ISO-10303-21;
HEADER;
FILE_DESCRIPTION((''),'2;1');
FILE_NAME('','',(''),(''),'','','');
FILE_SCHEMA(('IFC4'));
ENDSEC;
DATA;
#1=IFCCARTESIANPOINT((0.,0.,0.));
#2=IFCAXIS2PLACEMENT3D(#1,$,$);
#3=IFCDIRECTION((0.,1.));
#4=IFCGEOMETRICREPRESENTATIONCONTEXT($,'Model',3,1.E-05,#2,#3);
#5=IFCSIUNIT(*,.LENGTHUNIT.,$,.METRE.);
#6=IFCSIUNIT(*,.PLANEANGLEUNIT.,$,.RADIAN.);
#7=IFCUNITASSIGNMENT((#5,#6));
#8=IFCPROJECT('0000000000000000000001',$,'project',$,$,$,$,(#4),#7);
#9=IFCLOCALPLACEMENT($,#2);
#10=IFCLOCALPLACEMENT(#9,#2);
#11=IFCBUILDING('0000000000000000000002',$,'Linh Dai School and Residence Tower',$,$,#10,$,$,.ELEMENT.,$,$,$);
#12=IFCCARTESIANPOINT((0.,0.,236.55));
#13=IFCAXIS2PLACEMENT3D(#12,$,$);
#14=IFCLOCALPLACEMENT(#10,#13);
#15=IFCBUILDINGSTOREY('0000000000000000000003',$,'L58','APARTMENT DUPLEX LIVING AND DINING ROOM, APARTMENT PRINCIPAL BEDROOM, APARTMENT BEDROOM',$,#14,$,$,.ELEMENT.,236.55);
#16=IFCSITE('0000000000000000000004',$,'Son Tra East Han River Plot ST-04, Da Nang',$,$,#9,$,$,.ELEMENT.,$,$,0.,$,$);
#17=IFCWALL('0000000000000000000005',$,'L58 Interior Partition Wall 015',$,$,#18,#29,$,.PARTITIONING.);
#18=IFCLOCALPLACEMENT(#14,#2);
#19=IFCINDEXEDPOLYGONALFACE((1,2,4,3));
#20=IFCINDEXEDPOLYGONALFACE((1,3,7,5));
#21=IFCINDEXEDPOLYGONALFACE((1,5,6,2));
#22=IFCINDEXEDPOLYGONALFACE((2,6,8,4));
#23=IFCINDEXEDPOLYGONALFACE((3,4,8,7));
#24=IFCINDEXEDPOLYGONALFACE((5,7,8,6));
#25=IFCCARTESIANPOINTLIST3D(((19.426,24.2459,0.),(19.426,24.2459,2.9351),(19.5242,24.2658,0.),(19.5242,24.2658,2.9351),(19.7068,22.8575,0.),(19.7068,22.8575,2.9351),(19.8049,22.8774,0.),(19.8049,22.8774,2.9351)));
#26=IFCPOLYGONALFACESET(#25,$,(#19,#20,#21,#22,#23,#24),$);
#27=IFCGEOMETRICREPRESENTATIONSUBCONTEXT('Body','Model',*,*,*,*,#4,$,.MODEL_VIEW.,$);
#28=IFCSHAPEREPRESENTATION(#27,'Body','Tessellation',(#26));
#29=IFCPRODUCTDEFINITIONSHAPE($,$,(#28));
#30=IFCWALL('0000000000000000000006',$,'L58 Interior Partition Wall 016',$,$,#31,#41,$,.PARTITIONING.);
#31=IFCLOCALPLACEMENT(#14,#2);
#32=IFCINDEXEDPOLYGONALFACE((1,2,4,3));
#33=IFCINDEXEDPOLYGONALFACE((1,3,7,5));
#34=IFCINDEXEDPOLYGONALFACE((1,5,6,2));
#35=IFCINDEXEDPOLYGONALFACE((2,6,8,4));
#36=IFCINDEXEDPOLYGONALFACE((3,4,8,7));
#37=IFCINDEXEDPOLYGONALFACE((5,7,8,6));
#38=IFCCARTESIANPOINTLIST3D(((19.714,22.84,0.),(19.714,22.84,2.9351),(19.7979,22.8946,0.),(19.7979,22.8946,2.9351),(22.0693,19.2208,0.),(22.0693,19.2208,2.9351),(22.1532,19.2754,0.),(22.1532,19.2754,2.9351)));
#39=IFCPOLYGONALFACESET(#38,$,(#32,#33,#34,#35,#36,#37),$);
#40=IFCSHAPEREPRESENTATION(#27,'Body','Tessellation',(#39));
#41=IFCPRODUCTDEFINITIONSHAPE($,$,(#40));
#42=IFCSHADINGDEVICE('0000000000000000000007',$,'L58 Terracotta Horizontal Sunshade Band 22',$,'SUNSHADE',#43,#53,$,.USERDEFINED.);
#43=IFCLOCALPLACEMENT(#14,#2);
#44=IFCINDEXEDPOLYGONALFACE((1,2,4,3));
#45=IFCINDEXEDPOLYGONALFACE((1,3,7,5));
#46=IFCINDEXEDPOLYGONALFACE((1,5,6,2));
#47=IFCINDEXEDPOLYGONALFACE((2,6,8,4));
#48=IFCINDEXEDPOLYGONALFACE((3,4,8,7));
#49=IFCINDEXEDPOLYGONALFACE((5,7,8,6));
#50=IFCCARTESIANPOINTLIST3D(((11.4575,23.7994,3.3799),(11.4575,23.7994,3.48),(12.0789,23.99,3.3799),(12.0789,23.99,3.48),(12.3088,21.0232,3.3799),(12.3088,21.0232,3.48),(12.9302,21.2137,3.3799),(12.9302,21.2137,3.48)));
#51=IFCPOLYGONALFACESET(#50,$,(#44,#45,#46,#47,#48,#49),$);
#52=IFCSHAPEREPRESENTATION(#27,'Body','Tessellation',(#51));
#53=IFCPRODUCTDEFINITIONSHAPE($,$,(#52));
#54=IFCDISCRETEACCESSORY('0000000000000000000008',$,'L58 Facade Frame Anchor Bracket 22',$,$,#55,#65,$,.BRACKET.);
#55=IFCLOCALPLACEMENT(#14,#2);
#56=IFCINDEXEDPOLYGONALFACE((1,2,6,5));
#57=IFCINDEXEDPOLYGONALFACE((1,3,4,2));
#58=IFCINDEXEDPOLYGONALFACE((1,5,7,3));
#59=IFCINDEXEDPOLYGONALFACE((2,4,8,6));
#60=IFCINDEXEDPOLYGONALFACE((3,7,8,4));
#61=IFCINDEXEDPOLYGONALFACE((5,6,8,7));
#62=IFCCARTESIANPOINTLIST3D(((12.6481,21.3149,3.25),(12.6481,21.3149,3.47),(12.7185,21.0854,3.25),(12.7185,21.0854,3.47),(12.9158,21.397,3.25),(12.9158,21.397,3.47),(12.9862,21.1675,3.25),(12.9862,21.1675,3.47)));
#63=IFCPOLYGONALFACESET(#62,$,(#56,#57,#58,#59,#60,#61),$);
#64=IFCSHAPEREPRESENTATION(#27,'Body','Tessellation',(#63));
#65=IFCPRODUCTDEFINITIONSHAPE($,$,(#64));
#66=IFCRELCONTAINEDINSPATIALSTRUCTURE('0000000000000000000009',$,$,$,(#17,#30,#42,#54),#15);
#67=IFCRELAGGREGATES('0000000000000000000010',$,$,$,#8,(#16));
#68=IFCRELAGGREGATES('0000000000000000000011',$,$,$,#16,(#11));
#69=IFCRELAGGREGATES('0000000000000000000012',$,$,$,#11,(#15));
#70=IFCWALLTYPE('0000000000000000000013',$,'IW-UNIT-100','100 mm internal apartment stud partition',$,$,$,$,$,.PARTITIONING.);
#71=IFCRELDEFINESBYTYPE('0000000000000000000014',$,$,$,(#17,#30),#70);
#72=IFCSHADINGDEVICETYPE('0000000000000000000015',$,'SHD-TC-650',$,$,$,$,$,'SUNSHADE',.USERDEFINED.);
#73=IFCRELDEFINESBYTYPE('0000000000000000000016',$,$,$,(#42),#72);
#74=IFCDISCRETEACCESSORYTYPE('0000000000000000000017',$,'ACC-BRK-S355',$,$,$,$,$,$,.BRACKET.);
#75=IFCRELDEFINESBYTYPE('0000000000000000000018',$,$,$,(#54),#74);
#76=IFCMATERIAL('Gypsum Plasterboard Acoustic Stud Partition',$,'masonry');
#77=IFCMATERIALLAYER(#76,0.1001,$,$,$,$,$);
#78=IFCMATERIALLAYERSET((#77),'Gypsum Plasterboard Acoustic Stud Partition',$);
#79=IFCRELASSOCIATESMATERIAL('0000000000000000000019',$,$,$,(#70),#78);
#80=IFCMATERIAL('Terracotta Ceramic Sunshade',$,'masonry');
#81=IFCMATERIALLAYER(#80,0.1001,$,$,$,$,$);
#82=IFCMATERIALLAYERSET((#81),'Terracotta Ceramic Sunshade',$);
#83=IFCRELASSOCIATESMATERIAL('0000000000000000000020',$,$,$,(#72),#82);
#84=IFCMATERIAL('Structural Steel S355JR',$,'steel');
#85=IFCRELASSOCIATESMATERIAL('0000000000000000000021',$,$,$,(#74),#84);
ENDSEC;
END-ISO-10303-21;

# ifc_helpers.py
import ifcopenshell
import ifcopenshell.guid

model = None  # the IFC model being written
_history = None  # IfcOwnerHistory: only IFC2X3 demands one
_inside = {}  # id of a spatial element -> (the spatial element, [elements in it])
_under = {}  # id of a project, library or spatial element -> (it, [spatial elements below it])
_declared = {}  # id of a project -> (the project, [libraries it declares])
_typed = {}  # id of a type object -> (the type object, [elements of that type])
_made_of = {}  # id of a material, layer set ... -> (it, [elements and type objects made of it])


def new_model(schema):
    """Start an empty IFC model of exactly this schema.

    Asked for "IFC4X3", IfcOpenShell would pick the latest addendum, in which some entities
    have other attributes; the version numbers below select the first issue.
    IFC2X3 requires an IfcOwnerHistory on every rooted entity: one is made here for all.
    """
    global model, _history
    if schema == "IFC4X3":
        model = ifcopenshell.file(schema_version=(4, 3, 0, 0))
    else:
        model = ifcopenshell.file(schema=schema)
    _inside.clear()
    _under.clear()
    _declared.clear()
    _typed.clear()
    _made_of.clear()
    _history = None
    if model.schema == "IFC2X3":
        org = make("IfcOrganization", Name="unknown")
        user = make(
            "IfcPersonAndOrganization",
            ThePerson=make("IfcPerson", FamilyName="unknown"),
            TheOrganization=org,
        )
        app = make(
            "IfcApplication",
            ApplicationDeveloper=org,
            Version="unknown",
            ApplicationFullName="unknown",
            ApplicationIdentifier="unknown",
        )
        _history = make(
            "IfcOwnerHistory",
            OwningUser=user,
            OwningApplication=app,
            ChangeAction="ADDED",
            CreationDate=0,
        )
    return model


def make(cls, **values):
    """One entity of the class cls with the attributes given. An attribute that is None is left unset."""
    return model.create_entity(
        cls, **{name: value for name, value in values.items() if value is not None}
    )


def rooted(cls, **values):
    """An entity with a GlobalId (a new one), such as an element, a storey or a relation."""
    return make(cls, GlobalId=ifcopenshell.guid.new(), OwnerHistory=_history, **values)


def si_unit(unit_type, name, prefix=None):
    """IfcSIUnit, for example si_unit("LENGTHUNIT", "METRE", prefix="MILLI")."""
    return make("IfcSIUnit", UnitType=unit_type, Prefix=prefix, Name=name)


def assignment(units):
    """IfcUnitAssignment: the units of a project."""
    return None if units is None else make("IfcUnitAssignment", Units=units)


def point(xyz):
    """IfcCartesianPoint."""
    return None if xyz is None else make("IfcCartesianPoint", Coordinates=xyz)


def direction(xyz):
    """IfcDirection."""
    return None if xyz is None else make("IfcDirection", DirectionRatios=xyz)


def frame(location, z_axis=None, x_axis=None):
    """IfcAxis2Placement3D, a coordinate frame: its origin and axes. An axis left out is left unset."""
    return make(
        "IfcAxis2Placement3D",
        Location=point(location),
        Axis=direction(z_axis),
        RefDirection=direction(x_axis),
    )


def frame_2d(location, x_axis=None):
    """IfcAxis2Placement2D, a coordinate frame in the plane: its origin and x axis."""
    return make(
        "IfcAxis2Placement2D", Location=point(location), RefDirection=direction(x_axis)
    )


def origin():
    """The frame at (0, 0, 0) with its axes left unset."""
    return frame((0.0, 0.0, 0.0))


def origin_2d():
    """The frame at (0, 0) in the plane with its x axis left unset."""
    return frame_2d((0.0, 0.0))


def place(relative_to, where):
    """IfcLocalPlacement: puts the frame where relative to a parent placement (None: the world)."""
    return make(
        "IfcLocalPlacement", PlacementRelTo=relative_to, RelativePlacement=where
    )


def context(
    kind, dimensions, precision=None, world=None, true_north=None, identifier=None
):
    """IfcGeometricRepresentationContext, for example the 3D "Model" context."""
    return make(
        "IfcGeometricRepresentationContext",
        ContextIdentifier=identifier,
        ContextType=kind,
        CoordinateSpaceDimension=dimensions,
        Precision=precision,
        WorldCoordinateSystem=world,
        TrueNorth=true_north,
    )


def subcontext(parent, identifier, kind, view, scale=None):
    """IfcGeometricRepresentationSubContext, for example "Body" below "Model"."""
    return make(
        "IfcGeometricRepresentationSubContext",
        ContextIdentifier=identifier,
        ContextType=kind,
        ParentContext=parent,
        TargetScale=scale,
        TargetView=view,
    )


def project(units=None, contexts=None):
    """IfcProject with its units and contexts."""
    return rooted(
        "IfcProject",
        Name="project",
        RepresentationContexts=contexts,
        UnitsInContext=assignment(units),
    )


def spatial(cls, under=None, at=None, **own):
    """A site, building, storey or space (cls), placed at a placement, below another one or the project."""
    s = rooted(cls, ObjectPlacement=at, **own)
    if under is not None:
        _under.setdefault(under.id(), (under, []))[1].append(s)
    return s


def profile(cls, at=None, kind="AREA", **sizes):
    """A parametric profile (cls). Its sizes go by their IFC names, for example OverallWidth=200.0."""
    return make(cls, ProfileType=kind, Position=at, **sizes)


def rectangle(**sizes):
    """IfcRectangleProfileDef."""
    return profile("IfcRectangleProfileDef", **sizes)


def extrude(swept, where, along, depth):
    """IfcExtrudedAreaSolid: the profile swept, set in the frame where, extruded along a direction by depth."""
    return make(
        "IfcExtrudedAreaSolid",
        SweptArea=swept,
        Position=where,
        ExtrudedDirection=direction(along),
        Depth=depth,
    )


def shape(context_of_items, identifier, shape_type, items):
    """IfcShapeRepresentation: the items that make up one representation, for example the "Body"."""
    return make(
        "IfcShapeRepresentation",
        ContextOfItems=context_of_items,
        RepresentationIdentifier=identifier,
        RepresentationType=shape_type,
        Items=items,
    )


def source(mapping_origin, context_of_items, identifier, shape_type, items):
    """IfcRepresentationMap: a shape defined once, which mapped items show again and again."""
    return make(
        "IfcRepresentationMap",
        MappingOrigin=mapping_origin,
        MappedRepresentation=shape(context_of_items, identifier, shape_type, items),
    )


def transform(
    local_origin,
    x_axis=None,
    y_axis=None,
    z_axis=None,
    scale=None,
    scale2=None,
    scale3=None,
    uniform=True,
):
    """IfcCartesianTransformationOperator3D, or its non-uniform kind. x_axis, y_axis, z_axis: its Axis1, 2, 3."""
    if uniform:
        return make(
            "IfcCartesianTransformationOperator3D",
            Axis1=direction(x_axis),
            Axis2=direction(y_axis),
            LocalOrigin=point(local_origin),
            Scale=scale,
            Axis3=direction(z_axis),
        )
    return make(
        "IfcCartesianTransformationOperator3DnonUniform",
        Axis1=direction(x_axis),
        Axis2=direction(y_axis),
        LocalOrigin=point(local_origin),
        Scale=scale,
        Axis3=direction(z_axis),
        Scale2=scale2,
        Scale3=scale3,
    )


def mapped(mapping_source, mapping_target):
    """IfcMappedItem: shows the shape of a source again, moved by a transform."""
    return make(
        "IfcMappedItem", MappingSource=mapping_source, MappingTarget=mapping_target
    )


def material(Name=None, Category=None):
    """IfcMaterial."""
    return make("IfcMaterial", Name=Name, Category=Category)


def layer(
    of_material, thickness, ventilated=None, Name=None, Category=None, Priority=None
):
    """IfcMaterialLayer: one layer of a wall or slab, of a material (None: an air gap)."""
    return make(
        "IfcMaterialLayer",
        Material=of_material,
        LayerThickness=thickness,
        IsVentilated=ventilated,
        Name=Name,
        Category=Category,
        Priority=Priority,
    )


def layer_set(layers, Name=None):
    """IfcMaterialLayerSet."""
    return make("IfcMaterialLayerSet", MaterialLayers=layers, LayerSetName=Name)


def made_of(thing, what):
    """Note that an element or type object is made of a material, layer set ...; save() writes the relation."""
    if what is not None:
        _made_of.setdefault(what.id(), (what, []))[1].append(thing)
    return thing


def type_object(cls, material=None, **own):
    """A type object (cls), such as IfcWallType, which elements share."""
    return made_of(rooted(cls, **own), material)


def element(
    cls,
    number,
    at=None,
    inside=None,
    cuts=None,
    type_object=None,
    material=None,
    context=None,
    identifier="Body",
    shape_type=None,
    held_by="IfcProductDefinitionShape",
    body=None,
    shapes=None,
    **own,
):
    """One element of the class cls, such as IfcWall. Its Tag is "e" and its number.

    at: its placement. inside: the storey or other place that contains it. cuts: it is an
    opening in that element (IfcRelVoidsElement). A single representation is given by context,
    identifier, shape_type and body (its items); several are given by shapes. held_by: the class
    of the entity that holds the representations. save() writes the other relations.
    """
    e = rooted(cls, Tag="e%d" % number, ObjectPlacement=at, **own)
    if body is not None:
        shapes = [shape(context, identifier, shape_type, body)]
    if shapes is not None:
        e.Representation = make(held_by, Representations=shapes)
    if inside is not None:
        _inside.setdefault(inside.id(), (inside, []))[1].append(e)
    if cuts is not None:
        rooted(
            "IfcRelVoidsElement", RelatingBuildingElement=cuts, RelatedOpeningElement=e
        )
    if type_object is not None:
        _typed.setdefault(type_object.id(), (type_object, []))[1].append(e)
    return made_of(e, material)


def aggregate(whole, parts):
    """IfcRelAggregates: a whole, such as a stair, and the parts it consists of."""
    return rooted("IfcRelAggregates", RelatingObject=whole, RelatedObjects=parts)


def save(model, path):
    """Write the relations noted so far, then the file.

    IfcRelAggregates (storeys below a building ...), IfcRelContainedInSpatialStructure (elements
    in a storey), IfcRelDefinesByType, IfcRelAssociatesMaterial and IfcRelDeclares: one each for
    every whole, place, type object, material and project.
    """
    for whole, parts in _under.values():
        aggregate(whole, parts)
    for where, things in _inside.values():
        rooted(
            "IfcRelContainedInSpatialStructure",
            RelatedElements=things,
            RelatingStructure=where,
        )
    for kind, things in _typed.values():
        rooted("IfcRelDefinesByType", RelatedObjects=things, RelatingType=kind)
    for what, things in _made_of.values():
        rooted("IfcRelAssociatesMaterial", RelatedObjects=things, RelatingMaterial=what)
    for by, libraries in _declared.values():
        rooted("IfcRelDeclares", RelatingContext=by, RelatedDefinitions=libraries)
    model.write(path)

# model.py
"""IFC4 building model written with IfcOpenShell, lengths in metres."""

from ifc_helpers import new_model, si_unit, direction, frame, frame_2d, origin, origin_2d, place, context, subcontext, project, spatial, rectangle, extrude, source, transform, mapped, material, layer, layer_set, type_object, element, save


model = new_model("IFC4")

# Units and contexts
model_context = context("Model", 3, precision=1e-05, world=origin(), true_north=direction((0.0, 1.0)))
body_context = subcontext(model_context, "Body", "Model", "MODEL_VIEW")
ifc_project = project(units=[si_unit("LENGTHUNIT", "METRE"), si_unit("PLANEANGLEUNIT", "RADIAN")], contexts=[model_context])

# Site, building, storey
site_placement = place(None, origin())
site = spatial("IfcSite", under=ifc_project, at=site_placement, Name="Son Tra East Han River Plot ST-04, Da Nang", CompositionType="ELEMENT", RefElevation=0.0)
building_placement = place(site_placement, origin())
building = spatial("IfcBuilding", under=site, at=building_placement, Name="Linh Dai School and Residence Tower", CompositionType="ELEMENT")
storey_placement = place(building_placement, frame((0.0, 0.0, 236.55)))
storey = spatial("IfcBuildingStorey", under=building, at=storey_placement, Name="L58", Description="APARTMENT DUPLEX LIVING AND DINING ROOM, APARTMENT PRINCIPAL BEDROOM, APARTMENT BEDROOM", CompositionType="ELEMENT", Elevation=236.55)

# Shared definitions
ifc_material_1 = material(Name="Structural Steel S355JR", Category="steel")

# Shared definitions
ifc_material_2 = material(Name="Gypsum Plasterboard Acoustic Stud Partition", Category="masonry")
ifc_layer_1 = layer(ifc_material_2, 0.1001)
ifc_layer_set_1 = layer_set([ifc_layer_1], Name="Gypsum Plasterboard Acoustic Stud Partition")
wall_type_1 = type_object("IfcWallType", Name="IW-UNIT-100", Description="100 mm internal apartment stud partition", PredefinedType="PARTITIONING", material=ifc_layer_set_1)

# Walls
wall_1_placement = place(storey_placement, frame((19.4751, 24.2559, 0.0), z_axis=(0.0, 0.0, 1.0), x_axis=(0.198204, -0.980161, 0.0)))
element("IfcWall", 1, at=wall_1_placement, inside=storey, type_object=wall_type_1, Name="L58 Interior Partition Wall 015", PredefinedType="PARTITIONING", context=body_context, shape_type="SweptSolid", body=[
    extrude(rectangle(XDim=1.4165, YDim=0.1001, at=frame_2d((0.7083, 0.0))), origin(), (0.0, 0.0, 1.0), 2.9351),
])
wall_2_placement = place(storey_placement, frame((19.7559, 22.8674, 0.0), z_axis=(0.0, 0.0, 1.0), x_axis=(0.545441, -0.838149, 0.0)))
element("IfcWall", 2, at=wall_2_placement, inside=storey, type_object=wall_type_1, Name="L58 Interior Partition Wall 016", PredefinedType="PARTITIONING", context=body_context, shape_type="SweptSolid", body=[
    extrude(rectangle(XDim=4.3181, YDim=0.1001, at=frame_2d((2.1592, 0.0))), origin(), (0.0, 0.0, 1.0), 2.9351),
])

# Shading device
ifc_material_3 = material(Name="Terracotta Ceramic Sunshade", Category="masonry")
ifc_layer_2 = layer(ifc_material_3, 0.1001)
ifc_layer_set_2 = layer_set([ifc_layer_2], Name="Terracotta Ceramic Sunshade")
shading_device_type = type_object("IfcShadingDeviceType", Name="SHD-TC-650", ElementType="SUNSHADE", PredefinedType="USERDEFINED", material=ifc_layer_set_2)
shared_shape_1 = source(origin(), body_context, "Body", "SweptSolid", [
    extrude(rectangle(XDim=2.9038, YDim=0.6499, at=origin_2d()), origin(), (0.0, 0.0, 1.0), 0.1001),
])
shading_device_placement = place(storey_placement, frame((12.1938, 22.5066, 3.3799), z_axis=(0.0, 0.0, 1.0), x_axis=(-0.293157, 0.956064, 0.0)))
element("IfcShadingDevice", 3, at=shading_device_placement, inside=storey, type_object=shading_device_type, Name="L58 Terracotta Horizontal Sunshade Band 22", ObjectType="SUNSHADE", PredefinedType="USERDEFINED", context=body_context, shape_type="MappedRepresentation", body=[
    mapped(shared_shape_1, transform((0.0, 0.0, 0.0), x_axis=(1.0, 0.0, 0.0), y_axis=(0.0, 1.0, 0.0), z_axis=(0.0, 0.0, 1.0), scale=1.0)),
])

# Discrete accessory
discrete_accessory_type = type_object("IfcDiscreteAccessoryType", Name="ACC-BRK-S355", PredefinedType="BRACKET", material=ifc_material_1)
shared_shape_2 = source(origin(), body_context, "Body", "SweptSolid", [
    extrude(rectangle(XDim=0.28, YDim=0.24, at=origin_2d()), origin(), (0.0, 0.0, 1.0), 0.22),
])
discrete_accessory_placement = place(storey_placement, frame((12.8171, 21.2412, 3.25), z_axis=(0.0, 0.0, 1.0), x_axis=(-0.956064, -0.293157, 0.0)))
element("IfcDiscreteAccessory", 4, at=discrete_accessory_placement, inside=storey, type_object=discrete_accessory_type, Name="L58 Facade Frame Anchor Bracket 22", PredefinedType="BRACKET", context=body_context, shape_type="MappedRepresentation", body=[
    mapped(shared_shape_2, transform((0.0, 0.0, 0.0), x_axis=(1.0, 0.0, 0.0), y_axis=(0.0, 1.0, 0.0), z_axis=(0.0, 0.0, 1.0), scale=1.0)),
])

save(model, "model.ifc")
